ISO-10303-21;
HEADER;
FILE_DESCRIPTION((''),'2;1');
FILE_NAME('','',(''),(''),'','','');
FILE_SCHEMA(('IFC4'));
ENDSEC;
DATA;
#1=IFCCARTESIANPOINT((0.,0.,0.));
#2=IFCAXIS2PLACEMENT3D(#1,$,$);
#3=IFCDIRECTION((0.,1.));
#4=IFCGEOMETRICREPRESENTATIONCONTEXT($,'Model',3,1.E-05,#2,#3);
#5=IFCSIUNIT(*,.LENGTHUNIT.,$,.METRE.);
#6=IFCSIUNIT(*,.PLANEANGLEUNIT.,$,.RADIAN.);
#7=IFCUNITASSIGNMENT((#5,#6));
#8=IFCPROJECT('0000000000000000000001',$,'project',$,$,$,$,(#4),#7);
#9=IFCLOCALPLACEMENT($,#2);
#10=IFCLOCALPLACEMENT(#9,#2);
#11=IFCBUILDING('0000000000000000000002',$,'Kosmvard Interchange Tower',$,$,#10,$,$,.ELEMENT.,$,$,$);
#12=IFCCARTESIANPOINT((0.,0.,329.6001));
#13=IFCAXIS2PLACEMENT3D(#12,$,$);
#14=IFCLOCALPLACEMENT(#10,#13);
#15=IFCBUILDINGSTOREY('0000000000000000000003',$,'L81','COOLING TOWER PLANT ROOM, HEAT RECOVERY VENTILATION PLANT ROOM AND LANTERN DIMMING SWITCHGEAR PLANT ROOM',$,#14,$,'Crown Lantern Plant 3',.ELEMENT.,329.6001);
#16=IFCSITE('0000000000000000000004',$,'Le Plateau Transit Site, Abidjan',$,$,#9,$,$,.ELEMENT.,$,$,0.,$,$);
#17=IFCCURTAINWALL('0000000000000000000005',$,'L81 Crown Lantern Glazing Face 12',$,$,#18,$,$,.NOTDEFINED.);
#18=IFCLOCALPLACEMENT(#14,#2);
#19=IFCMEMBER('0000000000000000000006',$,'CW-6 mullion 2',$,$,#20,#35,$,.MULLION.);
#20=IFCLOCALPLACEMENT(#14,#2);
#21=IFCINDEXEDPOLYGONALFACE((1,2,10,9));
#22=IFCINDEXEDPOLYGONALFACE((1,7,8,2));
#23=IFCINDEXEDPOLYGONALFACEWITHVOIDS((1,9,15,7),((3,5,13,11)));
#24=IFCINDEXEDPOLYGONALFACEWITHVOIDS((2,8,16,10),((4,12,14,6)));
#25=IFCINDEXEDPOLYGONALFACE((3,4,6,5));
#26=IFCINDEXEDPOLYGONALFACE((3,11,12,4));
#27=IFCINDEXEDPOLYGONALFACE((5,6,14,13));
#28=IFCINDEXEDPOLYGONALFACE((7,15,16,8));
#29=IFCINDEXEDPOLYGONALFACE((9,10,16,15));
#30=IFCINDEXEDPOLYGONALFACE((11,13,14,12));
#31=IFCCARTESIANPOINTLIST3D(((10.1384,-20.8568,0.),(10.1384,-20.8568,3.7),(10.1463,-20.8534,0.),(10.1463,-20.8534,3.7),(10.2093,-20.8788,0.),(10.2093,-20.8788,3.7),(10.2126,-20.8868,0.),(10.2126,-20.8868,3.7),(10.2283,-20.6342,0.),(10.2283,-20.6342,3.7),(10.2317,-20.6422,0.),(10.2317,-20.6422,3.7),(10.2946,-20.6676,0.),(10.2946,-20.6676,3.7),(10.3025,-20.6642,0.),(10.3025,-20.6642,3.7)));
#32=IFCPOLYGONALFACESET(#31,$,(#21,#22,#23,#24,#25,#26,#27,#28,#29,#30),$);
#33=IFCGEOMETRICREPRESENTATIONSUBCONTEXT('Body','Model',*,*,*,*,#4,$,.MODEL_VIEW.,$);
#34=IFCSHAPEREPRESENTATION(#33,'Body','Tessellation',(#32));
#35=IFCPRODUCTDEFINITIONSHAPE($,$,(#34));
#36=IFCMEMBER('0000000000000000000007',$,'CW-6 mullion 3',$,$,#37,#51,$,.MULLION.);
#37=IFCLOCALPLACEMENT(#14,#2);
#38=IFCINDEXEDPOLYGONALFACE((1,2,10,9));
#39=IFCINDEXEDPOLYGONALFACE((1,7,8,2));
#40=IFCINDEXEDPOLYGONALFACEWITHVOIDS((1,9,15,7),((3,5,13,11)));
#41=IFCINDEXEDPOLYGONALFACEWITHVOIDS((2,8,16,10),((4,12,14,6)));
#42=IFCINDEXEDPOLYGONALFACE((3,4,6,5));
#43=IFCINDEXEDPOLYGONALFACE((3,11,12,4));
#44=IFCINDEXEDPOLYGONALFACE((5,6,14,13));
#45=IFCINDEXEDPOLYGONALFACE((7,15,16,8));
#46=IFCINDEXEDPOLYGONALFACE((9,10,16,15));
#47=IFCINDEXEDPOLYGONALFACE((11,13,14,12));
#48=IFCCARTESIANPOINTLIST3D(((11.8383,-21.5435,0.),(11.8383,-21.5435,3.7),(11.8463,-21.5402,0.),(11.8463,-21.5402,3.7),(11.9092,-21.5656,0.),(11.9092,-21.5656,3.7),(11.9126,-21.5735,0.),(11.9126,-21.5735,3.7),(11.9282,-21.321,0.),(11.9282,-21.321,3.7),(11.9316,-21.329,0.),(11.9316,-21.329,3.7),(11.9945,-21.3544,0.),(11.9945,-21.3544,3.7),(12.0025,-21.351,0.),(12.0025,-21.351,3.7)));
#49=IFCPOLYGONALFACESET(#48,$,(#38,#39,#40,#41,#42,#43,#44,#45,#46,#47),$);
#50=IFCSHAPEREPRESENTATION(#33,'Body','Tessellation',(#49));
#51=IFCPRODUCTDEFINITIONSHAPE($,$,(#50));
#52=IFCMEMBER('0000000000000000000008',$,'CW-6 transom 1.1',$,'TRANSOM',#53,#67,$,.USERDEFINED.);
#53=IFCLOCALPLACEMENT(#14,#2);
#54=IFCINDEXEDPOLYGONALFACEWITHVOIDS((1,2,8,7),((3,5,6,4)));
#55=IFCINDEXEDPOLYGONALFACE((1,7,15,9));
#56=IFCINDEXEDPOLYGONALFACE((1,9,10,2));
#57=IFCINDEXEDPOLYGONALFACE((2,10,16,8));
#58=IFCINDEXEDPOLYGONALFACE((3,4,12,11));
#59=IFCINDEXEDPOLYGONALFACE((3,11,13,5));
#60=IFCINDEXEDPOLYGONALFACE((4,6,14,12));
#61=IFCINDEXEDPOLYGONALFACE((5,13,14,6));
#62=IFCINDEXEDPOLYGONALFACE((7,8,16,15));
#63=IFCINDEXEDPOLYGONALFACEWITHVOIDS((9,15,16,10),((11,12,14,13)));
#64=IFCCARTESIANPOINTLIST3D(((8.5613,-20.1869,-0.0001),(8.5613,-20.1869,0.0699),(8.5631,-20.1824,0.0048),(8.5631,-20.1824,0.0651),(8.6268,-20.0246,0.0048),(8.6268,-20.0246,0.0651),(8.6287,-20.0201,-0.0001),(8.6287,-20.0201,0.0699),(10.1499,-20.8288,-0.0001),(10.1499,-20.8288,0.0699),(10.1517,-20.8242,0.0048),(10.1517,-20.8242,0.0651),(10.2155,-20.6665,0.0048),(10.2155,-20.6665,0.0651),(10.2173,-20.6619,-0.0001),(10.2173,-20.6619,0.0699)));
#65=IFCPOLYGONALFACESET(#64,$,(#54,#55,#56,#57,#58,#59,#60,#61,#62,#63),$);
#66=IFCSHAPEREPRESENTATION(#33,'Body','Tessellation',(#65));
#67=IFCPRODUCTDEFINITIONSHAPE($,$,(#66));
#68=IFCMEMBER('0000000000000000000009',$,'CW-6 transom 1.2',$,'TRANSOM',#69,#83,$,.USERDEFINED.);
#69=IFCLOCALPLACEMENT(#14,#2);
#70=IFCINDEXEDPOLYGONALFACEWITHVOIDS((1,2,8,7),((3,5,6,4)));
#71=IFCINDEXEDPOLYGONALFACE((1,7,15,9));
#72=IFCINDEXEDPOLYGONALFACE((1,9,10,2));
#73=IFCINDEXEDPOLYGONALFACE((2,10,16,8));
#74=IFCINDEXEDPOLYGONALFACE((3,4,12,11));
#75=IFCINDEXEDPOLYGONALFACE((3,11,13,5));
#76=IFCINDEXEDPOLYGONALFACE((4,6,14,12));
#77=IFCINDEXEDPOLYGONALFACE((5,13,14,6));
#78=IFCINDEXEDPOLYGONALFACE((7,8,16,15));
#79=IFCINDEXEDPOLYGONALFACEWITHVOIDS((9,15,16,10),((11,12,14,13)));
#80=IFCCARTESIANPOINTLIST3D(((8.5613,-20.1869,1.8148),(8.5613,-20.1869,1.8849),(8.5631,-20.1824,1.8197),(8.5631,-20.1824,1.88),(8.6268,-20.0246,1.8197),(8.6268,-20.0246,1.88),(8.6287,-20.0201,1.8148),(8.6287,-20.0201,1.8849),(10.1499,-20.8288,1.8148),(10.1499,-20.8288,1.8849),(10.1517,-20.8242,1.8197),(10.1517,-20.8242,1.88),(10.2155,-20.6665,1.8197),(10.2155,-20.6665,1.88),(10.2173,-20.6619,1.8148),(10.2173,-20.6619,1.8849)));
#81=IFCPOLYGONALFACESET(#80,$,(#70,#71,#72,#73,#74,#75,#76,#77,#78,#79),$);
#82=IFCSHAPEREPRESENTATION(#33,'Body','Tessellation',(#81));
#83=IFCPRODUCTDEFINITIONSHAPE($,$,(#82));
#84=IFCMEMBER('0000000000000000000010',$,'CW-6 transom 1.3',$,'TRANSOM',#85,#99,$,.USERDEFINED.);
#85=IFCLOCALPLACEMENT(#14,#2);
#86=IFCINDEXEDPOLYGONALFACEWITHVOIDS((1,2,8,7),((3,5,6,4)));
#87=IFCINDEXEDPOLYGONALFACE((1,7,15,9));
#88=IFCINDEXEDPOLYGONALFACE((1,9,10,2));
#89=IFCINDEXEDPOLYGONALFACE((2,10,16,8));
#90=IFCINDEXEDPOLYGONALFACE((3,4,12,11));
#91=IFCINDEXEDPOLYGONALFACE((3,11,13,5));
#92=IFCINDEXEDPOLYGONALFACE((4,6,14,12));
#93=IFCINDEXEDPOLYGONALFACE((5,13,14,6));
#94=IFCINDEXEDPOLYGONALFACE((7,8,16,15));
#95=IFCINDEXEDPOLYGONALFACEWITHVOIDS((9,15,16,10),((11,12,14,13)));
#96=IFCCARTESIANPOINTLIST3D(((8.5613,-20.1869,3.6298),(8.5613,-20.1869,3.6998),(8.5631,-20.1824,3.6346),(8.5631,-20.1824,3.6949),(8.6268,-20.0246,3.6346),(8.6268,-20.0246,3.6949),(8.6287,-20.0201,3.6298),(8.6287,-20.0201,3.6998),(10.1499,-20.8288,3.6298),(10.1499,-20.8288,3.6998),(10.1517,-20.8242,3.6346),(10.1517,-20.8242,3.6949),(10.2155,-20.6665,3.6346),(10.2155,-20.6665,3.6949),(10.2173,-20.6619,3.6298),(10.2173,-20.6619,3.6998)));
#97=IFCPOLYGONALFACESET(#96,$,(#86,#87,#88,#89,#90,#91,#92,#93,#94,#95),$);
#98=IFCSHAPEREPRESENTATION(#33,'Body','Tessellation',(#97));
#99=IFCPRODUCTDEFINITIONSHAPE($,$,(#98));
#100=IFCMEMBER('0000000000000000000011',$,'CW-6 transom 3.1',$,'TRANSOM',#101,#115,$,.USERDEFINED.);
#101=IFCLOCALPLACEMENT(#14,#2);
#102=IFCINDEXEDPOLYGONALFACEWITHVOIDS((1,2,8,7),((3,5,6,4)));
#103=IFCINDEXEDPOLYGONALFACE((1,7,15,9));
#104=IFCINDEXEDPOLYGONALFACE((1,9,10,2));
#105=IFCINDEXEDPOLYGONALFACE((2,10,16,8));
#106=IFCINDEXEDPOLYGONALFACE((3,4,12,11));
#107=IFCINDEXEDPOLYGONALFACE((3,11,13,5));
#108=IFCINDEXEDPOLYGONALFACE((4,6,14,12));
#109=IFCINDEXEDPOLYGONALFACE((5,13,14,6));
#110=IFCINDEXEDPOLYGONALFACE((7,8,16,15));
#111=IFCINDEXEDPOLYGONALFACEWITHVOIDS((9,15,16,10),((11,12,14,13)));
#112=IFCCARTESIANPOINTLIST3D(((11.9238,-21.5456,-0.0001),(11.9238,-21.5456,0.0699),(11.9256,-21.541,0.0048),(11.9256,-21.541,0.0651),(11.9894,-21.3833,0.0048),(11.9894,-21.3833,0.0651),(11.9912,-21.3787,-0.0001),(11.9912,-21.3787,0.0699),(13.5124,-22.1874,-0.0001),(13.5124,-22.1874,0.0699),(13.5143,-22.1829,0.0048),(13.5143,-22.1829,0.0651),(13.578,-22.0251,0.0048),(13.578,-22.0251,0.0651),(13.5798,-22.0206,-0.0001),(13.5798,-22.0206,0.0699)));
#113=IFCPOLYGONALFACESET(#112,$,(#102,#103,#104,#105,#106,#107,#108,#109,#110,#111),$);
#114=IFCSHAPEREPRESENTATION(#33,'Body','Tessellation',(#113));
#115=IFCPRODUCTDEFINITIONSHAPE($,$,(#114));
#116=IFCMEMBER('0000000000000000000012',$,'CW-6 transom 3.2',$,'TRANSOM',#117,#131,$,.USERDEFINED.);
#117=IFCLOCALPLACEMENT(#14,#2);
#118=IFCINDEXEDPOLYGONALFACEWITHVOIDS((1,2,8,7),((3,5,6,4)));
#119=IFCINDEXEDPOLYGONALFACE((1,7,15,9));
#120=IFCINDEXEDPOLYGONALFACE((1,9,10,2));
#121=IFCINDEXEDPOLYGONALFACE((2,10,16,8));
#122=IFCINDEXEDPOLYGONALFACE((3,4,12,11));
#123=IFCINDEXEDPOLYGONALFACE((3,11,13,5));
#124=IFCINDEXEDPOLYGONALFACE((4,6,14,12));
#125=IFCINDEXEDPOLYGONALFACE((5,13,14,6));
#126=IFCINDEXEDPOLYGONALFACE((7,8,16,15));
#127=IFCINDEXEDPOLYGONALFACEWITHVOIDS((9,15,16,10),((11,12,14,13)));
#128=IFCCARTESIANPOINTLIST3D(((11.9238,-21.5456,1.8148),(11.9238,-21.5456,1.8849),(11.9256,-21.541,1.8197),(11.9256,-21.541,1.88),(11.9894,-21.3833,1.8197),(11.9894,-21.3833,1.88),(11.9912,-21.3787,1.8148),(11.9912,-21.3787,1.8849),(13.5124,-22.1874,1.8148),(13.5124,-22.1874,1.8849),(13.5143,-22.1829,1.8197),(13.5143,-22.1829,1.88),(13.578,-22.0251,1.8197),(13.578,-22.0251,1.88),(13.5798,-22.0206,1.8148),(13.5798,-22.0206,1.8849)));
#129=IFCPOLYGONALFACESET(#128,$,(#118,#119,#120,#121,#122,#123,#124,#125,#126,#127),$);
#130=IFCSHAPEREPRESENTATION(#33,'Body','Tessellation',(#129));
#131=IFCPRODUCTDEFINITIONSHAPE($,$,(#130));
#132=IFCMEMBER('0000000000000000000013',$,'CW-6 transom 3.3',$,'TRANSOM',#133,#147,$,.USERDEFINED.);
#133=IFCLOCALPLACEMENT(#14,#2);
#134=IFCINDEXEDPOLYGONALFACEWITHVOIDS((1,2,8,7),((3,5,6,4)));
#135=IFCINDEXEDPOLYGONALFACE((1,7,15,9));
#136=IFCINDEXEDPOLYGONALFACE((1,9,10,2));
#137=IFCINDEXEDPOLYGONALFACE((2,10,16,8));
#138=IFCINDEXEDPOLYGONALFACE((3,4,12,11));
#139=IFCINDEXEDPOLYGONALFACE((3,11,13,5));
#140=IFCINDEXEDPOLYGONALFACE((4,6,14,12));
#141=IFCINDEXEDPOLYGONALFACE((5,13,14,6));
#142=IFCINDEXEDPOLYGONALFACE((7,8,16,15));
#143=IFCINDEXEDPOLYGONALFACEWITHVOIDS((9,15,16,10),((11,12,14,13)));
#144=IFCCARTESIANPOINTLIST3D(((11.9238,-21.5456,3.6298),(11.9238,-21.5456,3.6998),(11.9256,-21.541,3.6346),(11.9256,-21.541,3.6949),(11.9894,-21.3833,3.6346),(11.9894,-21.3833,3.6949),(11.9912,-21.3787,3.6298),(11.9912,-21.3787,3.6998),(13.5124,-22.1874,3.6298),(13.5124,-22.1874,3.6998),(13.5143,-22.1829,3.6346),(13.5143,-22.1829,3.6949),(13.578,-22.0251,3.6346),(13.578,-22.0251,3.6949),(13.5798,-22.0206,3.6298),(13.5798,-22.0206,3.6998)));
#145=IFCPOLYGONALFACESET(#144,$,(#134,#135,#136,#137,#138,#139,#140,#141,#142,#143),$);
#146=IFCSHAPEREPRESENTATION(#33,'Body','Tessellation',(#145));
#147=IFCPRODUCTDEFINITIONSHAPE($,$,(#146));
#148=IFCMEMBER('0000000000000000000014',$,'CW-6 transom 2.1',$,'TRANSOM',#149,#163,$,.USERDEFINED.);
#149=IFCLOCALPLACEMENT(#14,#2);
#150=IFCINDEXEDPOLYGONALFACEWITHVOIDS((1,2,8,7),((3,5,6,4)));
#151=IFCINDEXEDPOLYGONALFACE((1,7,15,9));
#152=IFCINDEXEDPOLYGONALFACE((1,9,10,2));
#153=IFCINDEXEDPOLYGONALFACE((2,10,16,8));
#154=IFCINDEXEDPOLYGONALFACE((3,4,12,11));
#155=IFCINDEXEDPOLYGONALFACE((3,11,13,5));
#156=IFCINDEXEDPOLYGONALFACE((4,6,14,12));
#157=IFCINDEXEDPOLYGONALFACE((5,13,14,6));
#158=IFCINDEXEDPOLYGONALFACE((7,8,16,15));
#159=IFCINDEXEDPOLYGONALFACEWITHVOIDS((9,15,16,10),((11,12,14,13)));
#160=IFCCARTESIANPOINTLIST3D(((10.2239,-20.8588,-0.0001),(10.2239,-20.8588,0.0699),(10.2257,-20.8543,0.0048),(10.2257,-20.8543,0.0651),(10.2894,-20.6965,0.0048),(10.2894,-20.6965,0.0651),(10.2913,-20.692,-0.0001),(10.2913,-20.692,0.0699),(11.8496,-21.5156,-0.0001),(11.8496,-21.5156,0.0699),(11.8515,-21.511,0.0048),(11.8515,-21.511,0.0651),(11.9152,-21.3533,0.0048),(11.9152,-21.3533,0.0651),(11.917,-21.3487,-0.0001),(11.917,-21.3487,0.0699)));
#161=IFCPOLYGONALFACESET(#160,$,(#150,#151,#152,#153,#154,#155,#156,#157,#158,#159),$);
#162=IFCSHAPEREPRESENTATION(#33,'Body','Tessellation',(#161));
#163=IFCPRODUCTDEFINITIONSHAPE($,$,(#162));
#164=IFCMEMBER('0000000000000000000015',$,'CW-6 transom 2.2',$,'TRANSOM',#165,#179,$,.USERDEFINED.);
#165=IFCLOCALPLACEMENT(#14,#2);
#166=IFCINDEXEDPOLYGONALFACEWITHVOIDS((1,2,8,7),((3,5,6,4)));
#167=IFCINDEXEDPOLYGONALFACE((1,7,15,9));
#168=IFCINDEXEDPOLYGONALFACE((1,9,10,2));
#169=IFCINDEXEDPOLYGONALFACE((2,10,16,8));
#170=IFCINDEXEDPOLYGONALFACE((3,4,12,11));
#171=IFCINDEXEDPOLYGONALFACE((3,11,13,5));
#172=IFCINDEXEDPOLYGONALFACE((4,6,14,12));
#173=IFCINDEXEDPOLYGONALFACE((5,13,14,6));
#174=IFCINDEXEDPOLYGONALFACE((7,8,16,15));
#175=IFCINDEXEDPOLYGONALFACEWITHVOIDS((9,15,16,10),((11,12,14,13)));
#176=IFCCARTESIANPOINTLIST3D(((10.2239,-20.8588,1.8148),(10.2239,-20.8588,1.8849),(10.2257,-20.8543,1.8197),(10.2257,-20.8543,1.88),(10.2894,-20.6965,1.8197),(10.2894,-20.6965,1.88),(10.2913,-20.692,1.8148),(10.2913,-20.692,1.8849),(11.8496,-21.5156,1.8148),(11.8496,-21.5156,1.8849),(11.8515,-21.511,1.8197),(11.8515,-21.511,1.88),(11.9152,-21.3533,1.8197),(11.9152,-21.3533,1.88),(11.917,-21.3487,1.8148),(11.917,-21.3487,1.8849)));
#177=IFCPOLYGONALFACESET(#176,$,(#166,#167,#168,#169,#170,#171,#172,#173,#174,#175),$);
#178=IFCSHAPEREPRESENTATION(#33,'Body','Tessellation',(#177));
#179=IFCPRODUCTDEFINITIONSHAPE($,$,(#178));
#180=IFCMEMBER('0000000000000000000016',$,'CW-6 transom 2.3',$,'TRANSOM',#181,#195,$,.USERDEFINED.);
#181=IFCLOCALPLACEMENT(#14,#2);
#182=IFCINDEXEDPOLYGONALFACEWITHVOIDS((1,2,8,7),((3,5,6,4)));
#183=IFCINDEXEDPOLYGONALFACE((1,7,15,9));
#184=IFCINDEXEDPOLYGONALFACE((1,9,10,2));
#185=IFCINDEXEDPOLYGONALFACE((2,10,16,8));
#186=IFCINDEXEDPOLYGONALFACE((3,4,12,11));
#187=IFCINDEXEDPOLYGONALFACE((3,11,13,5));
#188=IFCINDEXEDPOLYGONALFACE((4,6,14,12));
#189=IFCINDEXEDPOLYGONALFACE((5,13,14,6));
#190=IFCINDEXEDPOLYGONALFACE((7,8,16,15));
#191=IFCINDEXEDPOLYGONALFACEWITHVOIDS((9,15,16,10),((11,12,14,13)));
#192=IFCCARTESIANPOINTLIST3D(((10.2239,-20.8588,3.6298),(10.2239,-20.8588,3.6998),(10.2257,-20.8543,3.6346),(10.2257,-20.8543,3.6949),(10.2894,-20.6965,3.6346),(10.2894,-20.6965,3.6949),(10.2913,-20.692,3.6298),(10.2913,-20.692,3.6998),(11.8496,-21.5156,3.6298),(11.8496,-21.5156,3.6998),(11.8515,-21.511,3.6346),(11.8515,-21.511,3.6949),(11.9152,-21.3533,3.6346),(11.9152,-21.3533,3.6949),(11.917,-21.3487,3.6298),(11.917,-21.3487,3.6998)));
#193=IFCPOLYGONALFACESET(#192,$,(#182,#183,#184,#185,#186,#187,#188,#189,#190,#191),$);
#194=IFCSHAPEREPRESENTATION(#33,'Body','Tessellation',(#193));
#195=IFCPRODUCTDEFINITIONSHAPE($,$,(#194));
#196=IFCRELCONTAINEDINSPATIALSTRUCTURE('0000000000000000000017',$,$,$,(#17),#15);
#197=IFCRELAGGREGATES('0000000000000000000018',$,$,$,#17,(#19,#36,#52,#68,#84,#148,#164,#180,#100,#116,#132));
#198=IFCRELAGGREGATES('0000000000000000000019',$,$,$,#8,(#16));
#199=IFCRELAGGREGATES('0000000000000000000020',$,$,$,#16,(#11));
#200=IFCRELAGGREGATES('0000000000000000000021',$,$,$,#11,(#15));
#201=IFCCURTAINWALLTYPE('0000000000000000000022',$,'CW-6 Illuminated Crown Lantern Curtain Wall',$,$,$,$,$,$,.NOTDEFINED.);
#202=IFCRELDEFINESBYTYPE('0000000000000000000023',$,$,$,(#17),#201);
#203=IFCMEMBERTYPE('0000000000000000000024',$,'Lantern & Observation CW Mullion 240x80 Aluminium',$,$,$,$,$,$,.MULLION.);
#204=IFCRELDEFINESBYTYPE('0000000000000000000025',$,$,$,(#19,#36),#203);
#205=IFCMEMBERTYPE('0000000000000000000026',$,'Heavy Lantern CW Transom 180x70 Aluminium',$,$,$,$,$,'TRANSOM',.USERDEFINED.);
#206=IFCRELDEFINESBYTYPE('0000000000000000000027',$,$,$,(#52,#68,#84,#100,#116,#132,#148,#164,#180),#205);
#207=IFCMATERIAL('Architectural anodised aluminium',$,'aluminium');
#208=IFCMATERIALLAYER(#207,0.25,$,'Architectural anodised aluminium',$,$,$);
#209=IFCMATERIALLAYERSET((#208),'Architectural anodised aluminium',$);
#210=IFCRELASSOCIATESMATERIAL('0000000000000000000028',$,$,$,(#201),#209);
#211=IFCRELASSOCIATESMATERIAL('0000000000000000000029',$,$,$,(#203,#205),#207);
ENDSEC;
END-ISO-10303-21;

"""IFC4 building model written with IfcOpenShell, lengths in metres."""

from ifc_helpers import new_model, si_unit, direction, frame, origin, origin_2d, place, context, subcontext, project, spatial, hollow_rectangle, extrude, source, transform, mapped, material, layer, layer_set, material_profile, profile_set, type_object, element, aggregate, save


model = new_model("IFC4")

# Units and contexts
model_context = context("Model", 3, precision=1e-05, world=origin(), true_north=direction((0.0, 1.0)))
body_context = subcontext(model_context, "Body", "Model", "MODEL_VIEW")
ifc_project = project(units=[si_unit("LENGTHUNIT", "METRE"), si_unit("PLANEANGLEUNIT", "RADIAN")], contexts=[model_context])

# Site, building, storey
site_placement = place(None, origin())
site = spatial("IfcSite", under=ifc_project, at=site_placement, Name="Le Plateau Transit Site, Abidjan", CompositionType="ELEMENT", RefElevation=0.0)
building_placement = place(site_placement, origin())
building = spatial("IfcBuilding", under=site, at=building_placement, Name="Kosmvard Interchange Tower", CompositionType="ELEMENT")
storey_placement = place(building_placement, frame((0.0, 0.0, 329.6001)))
storey = spatial("IfcBuildingStorey", under=building, at=storey_placement, Name="L81", Description="COOLING TOWER PLANT ROOM, HEAT RECOVERY VENTILATION PLANT ROOM AND LANTERN DIMMING SWITCHGEAR PLANT ROOM", LongName="Crown Lantern Plant 3", CompositionType="ELEMENT", Elevation=329.6001)

# Shared definitions
ifc_material_1 = material(Name="Architectural anodised aluminium", Category="aluminium")
ifc_layer_1 = layer(ifc_material_1, 0.25, Name="Architectural anodised aluminium")
ifc_layer_set_1 = layer_set([ifc_layer_1], Name="Architectural anodised aluminium")
curtain_wall_type = type_object("IfcCurtainWallType", Name="CW-6 Illuminated Crown Lantern Curtain Wall", PredefinedType="NOTDEFINED", material=ifc_layer_set_1)
ifc_material_profile_1 = material_profile(ifc_material_1, hollow_rectangle(XDim=0.24, YDim=0.0801, WallThickness=0.0061, at=origin_2d()), Name="CWM 240x80x6")
ifc_profile_set_1 = profile_set([ifc_material_profile_1], Name="Architectural anodised aluminium")
member_type_1 = type_object("IfcMemberType", Name="Lantern & Observation CW Mullion 240x80 Aluminium", PredefinedType="MULLION", material=ifc_profile_set_1)
shared_shape_1 = source(origin(), body_context, "Body", "SweptSolid", [
    extrude(hollow_rectangle(XDim=0.24, YDim=0.0801, WallThickness=0.0061, at=origin_2d()), origin(), (0.0, 0.0, 1.0), 3.7),
])

# Curtain wall, members
curtain_wall_1_placement = place(storey_placement, origin())
curtain_wall_1 = element("IfcCurtainWall", 1, at=curtain_wall_1_placement, inside=storey, type_object=curtain_wall_type, Name="L81 Crown Lantern Glazing Face 12", PredefinedType="NOTDEFINED")
member_1_placement = place(storey_placement, frame((10.2205, -20.7605, 0.0), z_axis=(0.0, 0.0, 1.0), x_axis=(0.374607, 0.927184, 0.0)))
member_1 = element("IfcMember", 2, at=member_1_placement, type_object=member_type_1, Name="CW-6 mullion 2", PredefinedType="MULLION", context=body_context, shape_type="MappedRepresentation", body=[
    mapped(shared_shape_1, transform((0.0, 0.0, 0.0), scale=1.0)),
])
member_2_placement = place(storey_placement, frame((11.9204, -21.4473, 0.0), z_axis=(0.0, 0.0, 1.0), x_axis=(0.374607, 0.927184, 0.0)))
member_2 = element("IfcMember", 3, at=member_2_placement, type_object=member_type_1, Name="CW-6 mullion 3", PredefinedType="MULLION", context=body_context, shape_type="MappedRepresentation", body=[
    mapped(shared_shape_1, transform((0.0, 0.0, 0.0), scale=1.0)),
])
ifc_material_profile_2 = material_profile(ifc_material_1, hollow_rectangle(XDim=0.1799, YDim=0.0701, WallThickness=0.0049, at=origin_2d()), Name="CWT 180x70x5")
ifc_profile_set_2 = profile_set([ifc_material_profile_2], Name="Architectural anodised aluminium")
member_type_2 = type_object("IfcMemberType", Name="Heavy Lantern CW Transom 180x70 Aluminium", ElementType="TRANSOM", PredefinedType="USERDEFINED", material=ifc_profile_set_2)
shared_shape_2 = source(origin(), body_context, "Body", "SweptSolid", [
    extrude(hollow_rectangle(XDim=0.1799, YDim=0.0701, WallThickness=0.0049, at=origin_2d()), origin(), (0.0, 0.0, 1.0), 1.7134),
])
member_3_placement = place(storey_placement, frame((8.595, -20.1035, 0.0349), z_axis=(0.927184, -0.374607, 0.0), x_axis=(0.374607, 0.927184, 0.0)))
member_3 = element("IfcMember", 4, at=member_3_placement, type_object=member_type_2, Name="CW-6 transom 1.1", ObjectType="TRANSOM", PredefinedType="USERDEFINED", context=body_context, shape_type="MappedRepresentation", body=[
    mapped(shared_shape_2, transform((0.0, 0.0, 0.0), scale=1.0)),
])
member_4_placement = place(storey_placement, frame((8.595, -20.1035, 1.8499), z_axis=(0.927184, -0.374607, 0.0), x_axis=(0.374607, 0.927184, 0.0)))
member_4 = element("IfcMember", 5, at=member_4_placement, type_object=member_type_2, Name="CW-6 transom 1.2", ObjectType="TRANSOM", PredefinedType="USERDEFINED", context=body_context, shape_type="MappedRepresentation", body=[
    mapped(shared_shape_2, transform((0.0, 0.0, 0.0), scale=1.0)),
])
member_5_placement = place(storey_placement, frame((8.595, -20.1035, 3.6648), z_axis=(0.927184, -0.374607, 0.0), x_axis=(0.374607, 0.927184, 0.0)))
member_5 = element("IfcMember", 6, at=member_5_placement, type_object=member_type_2, Name="CW-6 transom 1.3", ObjectType="TRANSOM", PredefinedType="USERDEFINED", context=body_context, shape_type="MappedRepresentation", body=[
    mapped(shared_shape_2, transform((0.0, 0.0, 0.0), scale=1.0)),
])
member_6_placement = place(storey_placement, frame((11.9575, -21.4622, 0.0349), z_axis=(0.927184, -0.374607, 0.0), x_axis=(0.374607, 0.927184, 0.0)))
member_6 = element("IfcMember", 7, at=member_6_placement, type_object=member_type_2, Name="CW-6 transom 3.1", ObjectType="TRANSOM", PredefinedType="USERDEFINED", context=body_context, shape_type="MappedRepresentation", body=[
    mapped(shared_shape_2, transform((0.0, 0.0, 0.0), scale=1.0)),
])
member_7_placement = place(storey_placement, frame((11.9575, -21.4622, 1.8499), z_axis=(0.927184, -0.374607, 0.0), x_axis=(0.374607, 0.927184, 0.0)))
member_7 = element("IfcMember", 8, at=member_7_placement, type_object=member_type_2, Name="CW-6 transom 3.2", ObjectType="TRANSOM", PredefinedType="USERDEFINED", context=body_context, shape_type="MappedRepresentation", body=[
    mapped(shared_shape_2, transform((0.0, 0.0, 0.0), scale=1.0)),
])
member_8_placement = place(storey_placement, frame((11.9575, -21.4622, 3.6648), z_axis=(0.927184, -0.374607, 0.0), x_axis=(0.374607, 0.927184, 0.0)))
member_8 = element("IfcMember", 9, at=member_8_placement, type_object=member_type_2, Name="CW-6 transom 3.3", ObjectType="TRANSOM", PredefinedType="USERDEFINED", context=body_context, shape_type="MappedRepresentation", body=[
    mapped(shared_shape_2, transform((0.0, 0.0, 0.0), scale=1.0)),
])
shared_shape_3 = source(origin(), body_context, "Body", "SweptSolid", [
    extrude(hollow_rectangle(XDim=0.1799, YDim=0.0701, WallThickness=0.0049, at=origin_2d()), origin(), (0.0, 0.0, 1.0), 1.7534),
])
member_9_placement = place(storey_placement, frame((10.2576, -20.7754, 0.0349), z_axis=(0.927204, -0.374557, 0.0), x_axis=(0.374557, 0.927204, 0.0)))
member_9 = element("IfcMember", 10, at=member_9_placement, type_object=member_type_2, Name="CW-6 transom 2.1", ObjectType="TRANSOM", PredefinedType="USERDEFINED", context=body_context, shape_type="MappedRepresentation", body=[
    mapped(shared_shape_3, transform((0.0, 0.0, 0.0), scale=1.0)),
])
member_10_placement = place(storey_placement, frame((10.2576, -20.7754, 1.8499), z_axis=(0.927204, -0.374557, 0.0), x_axis=(0.374557, 0.927204, 0.0)))
member_10 = element("IfcMember", 11, at=member_10_placement, type_object=member_type_2, Name="CW-6 transom 2.2", ObjectType="TRANSOM", PredefinedType="USERDEFINED", context=body_context, shape_type="MappedRepresentation", body=[
    mapped(shared_shape_3, transform((0.0, 0.0, 0.0), scale=1.0)),
])
member_11_placement = place(storey_placement, frame((10.2576, -20.7754, 3.6648), z_axis=(0.927204, -0.374557, 0.0), x_axis=(0.374557, 0.927204, 0.0)))
member_11 = element("IfcMember", 12, at=member_11_placement, type_object=member_type_2, Name="CW-6 transom 2.3", ObjectType="TRANSOM", PredefinedType="USERDEFINED", context=body_context, shape_type="MappedRepresentation", body=[
    mapped(shared_shape_3, transform((0.0, 0.0, 0.0), scale=1.0)),
])

aggregate(curtain_wall_1, [member_1, member_2, member_3, member_4, member_5, member_9, member_10, member_11, member_6, member_7, member_8])

save(model, "model.ifc")
